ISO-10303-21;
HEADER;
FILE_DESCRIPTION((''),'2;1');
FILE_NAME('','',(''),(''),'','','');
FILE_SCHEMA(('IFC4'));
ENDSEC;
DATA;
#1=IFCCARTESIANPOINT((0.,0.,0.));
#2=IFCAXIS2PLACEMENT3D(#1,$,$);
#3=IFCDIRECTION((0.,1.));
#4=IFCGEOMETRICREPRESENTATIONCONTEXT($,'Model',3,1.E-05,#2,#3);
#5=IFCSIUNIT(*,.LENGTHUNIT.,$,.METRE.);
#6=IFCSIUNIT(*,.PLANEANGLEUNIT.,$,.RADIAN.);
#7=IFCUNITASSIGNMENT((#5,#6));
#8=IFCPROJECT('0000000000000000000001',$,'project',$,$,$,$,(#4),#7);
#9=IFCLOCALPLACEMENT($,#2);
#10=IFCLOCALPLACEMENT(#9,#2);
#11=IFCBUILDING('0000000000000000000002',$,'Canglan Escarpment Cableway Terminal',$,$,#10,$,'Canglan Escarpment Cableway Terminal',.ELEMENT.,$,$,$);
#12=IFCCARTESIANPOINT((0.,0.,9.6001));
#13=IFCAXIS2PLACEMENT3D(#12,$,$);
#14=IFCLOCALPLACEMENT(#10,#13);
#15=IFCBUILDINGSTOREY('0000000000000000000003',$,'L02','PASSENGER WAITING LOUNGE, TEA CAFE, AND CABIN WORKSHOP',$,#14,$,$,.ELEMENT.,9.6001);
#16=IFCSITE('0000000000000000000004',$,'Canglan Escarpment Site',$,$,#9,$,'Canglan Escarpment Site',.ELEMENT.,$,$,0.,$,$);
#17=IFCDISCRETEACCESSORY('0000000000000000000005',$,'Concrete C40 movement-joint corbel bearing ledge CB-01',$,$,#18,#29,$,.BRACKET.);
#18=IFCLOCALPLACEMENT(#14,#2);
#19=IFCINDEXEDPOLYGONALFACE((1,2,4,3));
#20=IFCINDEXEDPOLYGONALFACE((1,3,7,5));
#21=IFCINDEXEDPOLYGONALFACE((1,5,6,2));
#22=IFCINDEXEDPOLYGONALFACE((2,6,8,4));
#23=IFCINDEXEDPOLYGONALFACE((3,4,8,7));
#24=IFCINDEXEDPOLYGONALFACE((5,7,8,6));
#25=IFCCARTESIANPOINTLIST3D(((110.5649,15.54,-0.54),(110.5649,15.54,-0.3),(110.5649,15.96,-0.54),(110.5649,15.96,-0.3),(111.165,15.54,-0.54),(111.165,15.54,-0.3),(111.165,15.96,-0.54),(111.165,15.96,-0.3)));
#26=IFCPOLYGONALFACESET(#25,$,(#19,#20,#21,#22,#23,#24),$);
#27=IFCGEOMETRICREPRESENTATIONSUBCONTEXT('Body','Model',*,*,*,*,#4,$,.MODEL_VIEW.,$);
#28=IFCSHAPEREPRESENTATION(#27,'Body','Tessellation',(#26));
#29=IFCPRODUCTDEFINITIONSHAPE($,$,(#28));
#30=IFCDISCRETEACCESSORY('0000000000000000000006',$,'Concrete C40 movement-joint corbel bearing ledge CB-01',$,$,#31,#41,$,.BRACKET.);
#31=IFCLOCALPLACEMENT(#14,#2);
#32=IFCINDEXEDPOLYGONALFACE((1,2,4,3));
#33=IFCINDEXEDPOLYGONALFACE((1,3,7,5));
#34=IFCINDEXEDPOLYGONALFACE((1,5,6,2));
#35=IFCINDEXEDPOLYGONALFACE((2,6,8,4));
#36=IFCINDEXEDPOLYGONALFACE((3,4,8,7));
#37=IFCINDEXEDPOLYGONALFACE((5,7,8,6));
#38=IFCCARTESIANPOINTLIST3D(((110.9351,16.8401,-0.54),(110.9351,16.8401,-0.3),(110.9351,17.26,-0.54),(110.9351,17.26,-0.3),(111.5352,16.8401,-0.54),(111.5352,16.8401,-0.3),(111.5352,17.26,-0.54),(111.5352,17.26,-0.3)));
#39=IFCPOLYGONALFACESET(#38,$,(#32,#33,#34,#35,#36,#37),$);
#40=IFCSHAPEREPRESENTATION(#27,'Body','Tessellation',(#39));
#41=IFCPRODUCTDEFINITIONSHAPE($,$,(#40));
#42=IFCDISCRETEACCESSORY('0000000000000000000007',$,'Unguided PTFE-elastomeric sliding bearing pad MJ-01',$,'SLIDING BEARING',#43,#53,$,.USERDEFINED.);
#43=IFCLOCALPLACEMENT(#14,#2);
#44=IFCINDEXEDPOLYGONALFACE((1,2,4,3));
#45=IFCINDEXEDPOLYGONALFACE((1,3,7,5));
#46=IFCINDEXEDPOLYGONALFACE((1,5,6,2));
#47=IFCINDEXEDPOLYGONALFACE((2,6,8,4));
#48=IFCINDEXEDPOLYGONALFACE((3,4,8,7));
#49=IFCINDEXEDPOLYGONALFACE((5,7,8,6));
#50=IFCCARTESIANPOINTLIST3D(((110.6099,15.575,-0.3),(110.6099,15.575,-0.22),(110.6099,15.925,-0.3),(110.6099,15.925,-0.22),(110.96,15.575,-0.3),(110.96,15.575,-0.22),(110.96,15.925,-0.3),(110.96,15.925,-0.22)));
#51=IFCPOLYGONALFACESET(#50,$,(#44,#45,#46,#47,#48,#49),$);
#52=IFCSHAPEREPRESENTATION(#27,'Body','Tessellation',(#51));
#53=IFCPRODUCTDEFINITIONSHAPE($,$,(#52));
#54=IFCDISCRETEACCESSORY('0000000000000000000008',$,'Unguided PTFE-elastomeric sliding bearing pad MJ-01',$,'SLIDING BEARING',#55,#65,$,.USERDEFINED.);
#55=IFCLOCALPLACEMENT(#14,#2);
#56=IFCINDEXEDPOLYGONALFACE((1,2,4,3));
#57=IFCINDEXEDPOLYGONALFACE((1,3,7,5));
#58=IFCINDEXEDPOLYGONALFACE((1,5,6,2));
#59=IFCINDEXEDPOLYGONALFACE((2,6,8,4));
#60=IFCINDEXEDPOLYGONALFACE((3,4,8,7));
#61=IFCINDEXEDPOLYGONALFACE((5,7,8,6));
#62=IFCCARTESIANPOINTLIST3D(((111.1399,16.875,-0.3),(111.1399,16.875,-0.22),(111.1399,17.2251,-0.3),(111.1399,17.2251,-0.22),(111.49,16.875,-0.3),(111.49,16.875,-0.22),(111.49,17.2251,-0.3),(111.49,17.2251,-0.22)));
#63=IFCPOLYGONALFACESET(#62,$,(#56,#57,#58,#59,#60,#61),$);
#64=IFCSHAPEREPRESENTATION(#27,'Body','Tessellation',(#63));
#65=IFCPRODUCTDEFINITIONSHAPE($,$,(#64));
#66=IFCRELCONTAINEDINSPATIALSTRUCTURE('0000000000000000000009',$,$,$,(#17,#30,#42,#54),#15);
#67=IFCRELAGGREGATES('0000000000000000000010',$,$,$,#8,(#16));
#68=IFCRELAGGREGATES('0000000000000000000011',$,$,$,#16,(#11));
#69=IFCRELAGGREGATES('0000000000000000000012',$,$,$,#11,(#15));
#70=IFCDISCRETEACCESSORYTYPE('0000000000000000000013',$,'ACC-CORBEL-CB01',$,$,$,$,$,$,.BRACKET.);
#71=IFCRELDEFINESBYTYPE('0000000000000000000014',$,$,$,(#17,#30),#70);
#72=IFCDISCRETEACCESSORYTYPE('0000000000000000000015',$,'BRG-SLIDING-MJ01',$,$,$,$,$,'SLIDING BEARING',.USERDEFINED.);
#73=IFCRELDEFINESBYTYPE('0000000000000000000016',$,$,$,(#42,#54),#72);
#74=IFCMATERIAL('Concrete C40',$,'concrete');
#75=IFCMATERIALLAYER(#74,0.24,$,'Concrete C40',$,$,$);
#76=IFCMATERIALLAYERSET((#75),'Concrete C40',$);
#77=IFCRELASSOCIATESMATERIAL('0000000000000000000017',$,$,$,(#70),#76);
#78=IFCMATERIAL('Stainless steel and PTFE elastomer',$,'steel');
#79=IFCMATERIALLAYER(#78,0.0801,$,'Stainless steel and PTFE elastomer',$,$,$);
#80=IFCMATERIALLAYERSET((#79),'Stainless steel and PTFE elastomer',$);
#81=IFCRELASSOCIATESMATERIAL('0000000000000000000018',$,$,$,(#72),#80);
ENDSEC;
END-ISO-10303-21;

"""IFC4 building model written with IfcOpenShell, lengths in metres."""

from ifc_helpers import new_model, si_unit, direction, frame, origin, origin_2d, place, context, subcontext, project, spatial, rectangle, extrude, material, layer, layer_set, type_object, element, save


model = new_model("IFC4")

# Units and contexts
model_context = context("Model", 3, precision=1e-05, world=origin(), true_north=direction((0.0, 1.0)))
body_context = subcontext(model_context, "Body", "Model", "MODEL_VIEW")
ifc_project = project(units=[si_unit("LENGTHUNIT", "METRE"), si_unit("PLANEANGLEUNIT", "RADIAN")], contexts=[model_context])

# Site, building, storey
site_placement = place(None, origin())
site = spatial("IfcSite", under=ifc_project, at=site_placement, Name="Canglan Escarpment Site", LongName="Canglan Escarpment Site", CompositionType="ELEMENT", RefElevation=0.0)
building_placement = place(site_placement, origin())
building = spatial("IfcBuilding", under=site, at=building_placement, Name="Canglan Escarpment Cableway Terminal", LongName="Canglan Escarpment Cableway Terminal", CompositionType="ELEMENT")
storey_placement = place(building_placement, frame((0.0, 0.0, 9.6001)))
storey = spatial("IfcBuildingStorey", under=building, at=storey_placement, Name="L02", Description="PASSENGER WAITING LOUNGE, TEA CAFE, AND CABIN WORKSHOP", CompositionType="ELEMENT", Elevation=9.6001)

# Shared definitions
ifc_material_1 = material(Name="Concrete C40", Category="concrete")

# Discrete accessories
ifc_layer_1 = layer(ifc_material_1, 0.24, Name="Concrete C40")
ifc_layer_set_1 = layer_set([ifc_layer_1], Name="Concrete C40")
discrete_accessory_type_1 = type_object("IfcDiscreteAccessoryType", Name="ACC-CORBEL-CB01", PredefinedType="BRACKET", material=ifc_layer_set_1)
for number, where, z_axis, x_axis, name in (
    (1, (110.865, 15.75, -0.54), (0.0, 0.0, 1.0), (1.0, 0.0, 0.0), "Concrete C40 movement-joint corbel bearing ledge CB-01"),
    (2, (111.2351, 17.05, -0.54), (0.0, 0.0, 1.0), (1.0, 0.0, 0.0), "Concrete C40 movement-joint corbel bearing ledge CB-01"),
):
    element("IfcDiscreteAccessory", number, at=place(storey_placement, frame(where, z_axis=z_axis, x_axis=x_axis)), inside=storey, type_object=discrete_accessory_type_1, Name=name, PredefinedType="BRACKET", context=body_context, shape_type="SweptSolid", body=[
        extrude(rectangle(XDim=0.6001, YDim=0.4199, at=origin_2d()), origin(), (0.0, 0.0, 1.0), 0.24),
    ])
ifc_material_2 = material(Name="Stainless steel and PTFE elastomer", Category="steel")
ifc_layer_2 = layer(ifc_material_2, 0.0801, Name="Stainless steel and PTFE elastomer")
ifc_layer_set_2 = layer_set([ifc_layer_2], Name="Stainless steel and PTFE elastomer")
discrete_accessory_type_2 = type_object("IfcDiscreteAccessoryType", Name="BRG-SLIDING-MJ01", ElementType="SLIDING BEARING", PredefinedType="USERDEFINED", material=ifc_layer_set_2)
for number, where, z_axis, x_axis, name in (
    (3, (110.7849, 15.75, -0.3), (0.0, 0.0, 1.0), (1.0, 0.0, 0.0), "Unguided PTFE-elastomeric sliding bearing pad MJ-01"),
    (4, (111.3149, 17.05, -0.3), (0.0, 0.0, 1.0), (1.0, 0.0, 0.0), "Unguided PTFE-elastomeric sliding bearing pad MJ-01"),
):
    element("IfcDiscreteAccessory", number, at=place(storey_placement, frame(where, z_axis=z_axis, x_axis=x_axis)), inside=storey, type_object=discrete_accessory_type_2, Name=name, ObjectType="SLIDING BEARING", PredefinedType="USERDEFINED", context=body_context, shape_type="SweptSolid", body=[
        extrude(rectangle(XDim=0.3501, YDim=0.3501, at=origin_2d()), origin(), (0.0, 0.0, 1.0), 0.0801),
    ])

save(model, "model.ifc")
